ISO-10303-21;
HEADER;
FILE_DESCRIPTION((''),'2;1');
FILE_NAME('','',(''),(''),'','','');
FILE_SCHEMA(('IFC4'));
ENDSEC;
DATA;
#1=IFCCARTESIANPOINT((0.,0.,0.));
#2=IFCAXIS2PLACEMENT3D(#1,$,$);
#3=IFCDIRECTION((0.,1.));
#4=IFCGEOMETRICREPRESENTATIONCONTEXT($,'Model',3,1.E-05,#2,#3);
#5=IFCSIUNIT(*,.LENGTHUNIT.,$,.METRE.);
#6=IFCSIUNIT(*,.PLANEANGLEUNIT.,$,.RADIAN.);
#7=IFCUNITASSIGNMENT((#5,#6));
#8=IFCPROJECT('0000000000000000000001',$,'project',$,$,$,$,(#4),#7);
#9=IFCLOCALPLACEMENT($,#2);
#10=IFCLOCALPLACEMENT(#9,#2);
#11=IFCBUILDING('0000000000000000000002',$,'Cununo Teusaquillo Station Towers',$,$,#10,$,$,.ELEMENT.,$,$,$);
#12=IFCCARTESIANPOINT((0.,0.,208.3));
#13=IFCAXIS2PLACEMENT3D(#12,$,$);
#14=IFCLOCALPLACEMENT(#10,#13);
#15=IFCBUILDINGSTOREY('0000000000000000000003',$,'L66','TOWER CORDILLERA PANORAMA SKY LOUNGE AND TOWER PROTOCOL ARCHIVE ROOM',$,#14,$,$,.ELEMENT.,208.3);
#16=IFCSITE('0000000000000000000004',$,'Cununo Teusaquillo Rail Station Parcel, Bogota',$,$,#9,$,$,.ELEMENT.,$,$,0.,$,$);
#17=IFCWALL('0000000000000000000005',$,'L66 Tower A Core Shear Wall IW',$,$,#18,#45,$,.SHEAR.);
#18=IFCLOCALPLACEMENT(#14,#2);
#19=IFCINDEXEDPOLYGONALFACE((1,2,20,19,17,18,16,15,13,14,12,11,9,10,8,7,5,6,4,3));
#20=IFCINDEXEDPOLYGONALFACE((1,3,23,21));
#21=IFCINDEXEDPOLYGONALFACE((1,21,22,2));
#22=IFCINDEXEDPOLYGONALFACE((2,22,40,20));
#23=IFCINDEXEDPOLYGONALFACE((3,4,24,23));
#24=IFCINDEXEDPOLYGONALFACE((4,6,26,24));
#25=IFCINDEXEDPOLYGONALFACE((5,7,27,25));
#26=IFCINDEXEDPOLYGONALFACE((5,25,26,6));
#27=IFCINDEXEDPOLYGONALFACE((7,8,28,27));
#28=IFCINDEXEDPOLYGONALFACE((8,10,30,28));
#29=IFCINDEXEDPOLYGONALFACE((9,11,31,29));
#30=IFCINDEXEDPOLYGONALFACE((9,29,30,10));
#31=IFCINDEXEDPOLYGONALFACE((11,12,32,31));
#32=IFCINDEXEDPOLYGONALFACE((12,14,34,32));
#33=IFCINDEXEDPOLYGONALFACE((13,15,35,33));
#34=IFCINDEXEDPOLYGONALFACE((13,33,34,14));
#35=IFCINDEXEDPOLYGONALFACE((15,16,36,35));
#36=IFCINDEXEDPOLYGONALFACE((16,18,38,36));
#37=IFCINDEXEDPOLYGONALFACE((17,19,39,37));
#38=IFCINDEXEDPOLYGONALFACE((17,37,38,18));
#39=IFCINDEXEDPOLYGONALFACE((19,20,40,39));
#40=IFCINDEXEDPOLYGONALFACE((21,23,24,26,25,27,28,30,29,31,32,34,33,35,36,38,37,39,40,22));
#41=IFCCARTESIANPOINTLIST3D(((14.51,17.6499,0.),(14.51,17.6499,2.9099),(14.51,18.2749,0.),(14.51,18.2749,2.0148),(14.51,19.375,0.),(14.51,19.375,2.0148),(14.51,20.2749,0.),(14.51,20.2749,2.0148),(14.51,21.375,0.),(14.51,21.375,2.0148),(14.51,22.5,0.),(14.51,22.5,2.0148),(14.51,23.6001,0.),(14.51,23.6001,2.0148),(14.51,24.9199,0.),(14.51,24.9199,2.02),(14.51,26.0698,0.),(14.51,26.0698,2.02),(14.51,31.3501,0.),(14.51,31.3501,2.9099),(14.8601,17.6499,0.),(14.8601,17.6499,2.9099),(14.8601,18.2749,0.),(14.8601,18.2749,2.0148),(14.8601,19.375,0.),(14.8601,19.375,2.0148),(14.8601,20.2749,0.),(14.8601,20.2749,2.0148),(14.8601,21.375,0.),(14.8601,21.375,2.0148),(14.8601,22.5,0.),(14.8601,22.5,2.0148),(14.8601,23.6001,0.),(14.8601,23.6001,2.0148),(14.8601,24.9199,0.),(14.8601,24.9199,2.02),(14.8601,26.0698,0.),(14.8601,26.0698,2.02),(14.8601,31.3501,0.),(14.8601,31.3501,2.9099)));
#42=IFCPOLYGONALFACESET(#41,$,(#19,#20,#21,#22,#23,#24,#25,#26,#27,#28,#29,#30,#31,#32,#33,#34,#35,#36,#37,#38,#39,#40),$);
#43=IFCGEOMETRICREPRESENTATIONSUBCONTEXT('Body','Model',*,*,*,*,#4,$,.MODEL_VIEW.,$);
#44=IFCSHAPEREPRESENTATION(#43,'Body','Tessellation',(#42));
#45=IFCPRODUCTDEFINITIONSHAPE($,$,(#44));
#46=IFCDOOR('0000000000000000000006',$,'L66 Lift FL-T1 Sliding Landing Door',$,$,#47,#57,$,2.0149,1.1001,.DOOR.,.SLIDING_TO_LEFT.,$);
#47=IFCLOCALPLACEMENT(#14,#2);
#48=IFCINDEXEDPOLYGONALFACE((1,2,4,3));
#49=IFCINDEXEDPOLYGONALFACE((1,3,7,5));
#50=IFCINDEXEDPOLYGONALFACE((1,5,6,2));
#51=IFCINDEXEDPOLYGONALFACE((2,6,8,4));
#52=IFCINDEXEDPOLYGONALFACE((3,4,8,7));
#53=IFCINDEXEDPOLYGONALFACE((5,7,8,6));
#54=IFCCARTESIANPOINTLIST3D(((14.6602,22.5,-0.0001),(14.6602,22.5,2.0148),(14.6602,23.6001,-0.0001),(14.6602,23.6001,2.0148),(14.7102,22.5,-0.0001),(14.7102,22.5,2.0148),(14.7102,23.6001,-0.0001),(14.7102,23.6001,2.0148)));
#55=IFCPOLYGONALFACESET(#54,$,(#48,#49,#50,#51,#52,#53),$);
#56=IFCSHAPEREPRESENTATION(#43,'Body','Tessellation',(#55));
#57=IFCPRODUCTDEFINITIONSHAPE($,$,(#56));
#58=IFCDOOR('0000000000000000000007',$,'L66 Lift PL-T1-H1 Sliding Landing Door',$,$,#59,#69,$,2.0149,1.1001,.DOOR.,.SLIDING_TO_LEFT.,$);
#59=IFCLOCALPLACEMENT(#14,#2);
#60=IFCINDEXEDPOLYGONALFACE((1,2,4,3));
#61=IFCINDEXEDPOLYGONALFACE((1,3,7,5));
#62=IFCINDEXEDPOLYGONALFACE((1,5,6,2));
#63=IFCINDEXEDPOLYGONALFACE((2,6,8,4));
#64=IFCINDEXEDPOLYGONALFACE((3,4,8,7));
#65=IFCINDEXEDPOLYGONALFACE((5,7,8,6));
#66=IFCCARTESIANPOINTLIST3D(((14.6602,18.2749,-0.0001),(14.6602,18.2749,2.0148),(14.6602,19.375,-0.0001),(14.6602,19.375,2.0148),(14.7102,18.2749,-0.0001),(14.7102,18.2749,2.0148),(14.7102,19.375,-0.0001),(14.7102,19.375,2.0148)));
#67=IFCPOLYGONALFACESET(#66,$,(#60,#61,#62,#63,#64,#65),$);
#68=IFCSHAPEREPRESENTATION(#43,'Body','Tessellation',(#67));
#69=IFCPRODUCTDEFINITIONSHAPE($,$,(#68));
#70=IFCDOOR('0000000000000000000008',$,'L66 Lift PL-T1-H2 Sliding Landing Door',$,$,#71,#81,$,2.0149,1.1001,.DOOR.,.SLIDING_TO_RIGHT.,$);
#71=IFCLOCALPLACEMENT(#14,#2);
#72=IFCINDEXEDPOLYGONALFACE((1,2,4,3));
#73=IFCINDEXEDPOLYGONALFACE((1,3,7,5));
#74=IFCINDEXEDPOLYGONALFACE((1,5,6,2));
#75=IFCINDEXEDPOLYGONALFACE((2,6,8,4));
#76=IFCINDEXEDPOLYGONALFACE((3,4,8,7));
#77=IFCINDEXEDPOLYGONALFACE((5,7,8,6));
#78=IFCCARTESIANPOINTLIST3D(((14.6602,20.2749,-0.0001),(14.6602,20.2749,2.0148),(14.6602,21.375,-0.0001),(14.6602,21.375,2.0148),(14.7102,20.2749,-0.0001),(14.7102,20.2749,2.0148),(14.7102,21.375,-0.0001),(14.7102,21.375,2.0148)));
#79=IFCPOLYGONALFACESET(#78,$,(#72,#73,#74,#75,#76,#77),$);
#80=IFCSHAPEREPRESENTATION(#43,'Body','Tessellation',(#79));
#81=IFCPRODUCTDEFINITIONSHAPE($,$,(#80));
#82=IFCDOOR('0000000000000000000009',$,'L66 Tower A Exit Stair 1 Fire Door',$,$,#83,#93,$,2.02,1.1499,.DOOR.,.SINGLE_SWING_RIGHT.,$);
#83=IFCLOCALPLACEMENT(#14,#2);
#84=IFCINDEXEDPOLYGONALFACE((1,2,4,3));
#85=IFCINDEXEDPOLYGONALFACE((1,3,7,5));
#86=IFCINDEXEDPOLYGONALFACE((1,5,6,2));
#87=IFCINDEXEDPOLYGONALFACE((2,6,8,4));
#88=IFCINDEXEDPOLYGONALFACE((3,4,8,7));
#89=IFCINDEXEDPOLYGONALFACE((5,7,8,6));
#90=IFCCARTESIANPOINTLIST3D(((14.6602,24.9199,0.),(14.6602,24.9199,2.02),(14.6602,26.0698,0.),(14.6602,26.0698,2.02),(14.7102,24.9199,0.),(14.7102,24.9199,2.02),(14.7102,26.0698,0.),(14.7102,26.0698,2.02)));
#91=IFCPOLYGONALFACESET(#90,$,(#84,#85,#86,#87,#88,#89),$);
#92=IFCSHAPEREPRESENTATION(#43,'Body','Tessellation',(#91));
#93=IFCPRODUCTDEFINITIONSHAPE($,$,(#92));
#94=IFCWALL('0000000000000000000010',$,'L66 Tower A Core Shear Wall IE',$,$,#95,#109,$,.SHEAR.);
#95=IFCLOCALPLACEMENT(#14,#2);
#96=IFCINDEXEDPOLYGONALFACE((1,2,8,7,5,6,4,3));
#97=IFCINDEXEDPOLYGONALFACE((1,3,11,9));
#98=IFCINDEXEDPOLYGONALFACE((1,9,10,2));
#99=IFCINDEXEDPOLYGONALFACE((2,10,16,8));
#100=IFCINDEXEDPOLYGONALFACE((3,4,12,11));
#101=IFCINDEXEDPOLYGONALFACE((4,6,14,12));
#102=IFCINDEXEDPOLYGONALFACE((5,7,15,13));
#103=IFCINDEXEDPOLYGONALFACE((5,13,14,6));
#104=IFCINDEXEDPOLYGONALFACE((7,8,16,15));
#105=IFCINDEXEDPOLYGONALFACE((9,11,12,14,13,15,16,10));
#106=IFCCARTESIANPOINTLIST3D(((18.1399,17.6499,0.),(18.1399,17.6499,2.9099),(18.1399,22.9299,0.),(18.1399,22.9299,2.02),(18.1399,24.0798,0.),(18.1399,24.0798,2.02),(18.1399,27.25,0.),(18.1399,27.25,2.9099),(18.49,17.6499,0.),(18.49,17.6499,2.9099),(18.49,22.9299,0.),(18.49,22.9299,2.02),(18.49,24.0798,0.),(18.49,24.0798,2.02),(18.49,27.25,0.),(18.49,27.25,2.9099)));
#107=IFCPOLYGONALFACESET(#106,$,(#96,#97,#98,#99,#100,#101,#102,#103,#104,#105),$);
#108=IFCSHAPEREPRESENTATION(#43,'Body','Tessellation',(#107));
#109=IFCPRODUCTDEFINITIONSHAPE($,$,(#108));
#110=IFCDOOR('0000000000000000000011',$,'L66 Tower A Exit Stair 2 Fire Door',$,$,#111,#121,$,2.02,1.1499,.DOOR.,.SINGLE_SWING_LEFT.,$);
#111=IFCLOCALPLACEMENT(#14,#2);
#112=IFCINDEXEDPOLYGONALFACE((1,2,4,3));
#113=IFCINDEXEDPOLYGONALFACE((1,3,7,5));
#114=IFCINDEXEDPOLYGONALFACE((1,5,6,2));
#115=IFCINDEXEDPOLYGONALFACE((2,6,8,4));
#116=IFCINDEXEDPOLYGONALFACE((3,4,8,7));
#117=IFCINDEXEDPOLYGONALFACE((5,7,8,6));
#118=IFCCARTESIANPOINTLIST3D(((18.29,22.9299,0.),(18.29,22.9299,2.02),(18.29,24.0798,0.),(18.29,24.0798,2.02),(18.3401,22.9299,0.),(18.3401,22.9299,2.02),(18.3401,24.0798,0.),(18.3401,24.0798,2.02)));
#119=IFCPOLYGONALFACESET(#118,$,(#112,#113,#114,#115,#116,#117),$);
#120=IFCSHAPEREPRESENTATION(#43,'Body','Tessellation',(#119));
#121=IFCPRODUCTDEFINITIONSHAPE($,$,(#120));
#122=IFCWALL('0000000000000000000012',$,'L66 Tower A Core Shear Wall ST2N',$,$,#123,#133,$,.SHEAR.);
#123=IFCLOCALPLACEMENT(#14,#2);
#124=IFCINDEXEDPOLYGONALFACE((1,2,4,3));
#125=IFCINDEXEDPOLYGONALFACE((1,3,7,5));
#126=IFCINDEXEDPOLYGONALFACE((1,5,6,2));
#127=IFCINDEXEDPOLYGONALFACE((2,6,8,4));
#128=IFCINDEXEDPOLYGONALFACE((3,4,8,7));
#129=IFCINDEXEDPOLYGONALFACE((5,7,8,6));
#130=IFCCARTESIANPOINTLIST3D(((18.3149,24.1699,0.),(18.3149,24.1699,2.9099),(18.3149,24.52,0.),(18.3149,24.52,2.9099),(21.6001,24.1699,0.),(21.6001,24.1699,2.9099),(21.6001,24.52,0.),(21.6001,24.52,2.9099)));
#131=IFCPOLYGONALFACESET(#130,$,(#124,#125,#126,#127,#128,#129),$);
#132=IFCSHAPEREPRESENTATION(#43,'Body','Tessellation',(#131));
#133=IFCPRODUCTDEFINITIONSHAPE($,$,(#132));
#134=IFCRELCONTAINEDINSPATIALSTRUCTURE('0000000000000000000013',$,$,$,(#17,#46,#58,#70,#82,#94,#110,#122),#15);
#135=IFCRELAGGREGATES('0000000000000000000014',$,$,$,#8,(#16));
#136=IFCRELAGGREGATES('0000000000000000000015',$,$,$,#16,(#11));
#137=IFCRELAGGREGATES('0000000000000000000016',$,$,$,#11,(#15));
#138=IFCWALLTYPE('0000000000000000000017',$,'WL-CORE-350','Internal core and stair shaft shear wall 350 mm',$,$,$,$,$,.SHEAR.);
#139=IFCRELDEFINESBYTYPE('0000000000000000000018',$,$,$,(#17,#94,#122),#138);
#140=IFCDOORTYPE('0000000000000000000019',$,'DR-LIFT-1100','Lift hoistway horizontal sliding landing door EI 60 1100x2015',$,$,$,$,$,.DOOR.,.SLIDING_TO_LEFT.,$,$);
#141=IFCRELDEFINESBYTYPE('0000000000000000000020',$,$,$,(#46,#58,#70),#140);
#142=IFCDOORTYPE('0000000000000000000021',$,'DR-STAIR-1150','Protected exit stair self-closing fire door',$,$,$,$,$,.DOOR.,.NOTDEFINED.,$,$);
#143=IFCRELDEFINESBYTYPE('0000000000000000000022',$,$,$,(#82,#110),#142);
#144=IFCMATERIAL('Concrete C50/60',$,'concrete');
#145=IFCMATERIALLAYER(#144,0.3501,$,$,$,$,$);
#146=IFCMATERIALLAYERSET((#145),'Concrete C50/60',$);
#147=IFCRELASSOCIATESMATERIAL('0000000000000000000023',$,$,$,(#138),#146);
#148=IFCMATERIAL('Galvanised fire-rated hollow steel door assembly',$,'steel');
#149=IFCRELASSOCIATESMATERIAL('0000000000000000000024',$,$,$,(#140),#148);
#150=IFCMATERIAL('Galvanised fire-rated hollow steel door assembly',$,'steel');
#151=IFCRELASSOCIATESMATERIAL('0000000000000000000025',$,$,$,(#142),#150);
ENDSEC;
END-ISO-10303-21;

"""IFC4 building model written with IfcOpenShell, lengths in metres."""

from ifc_helpers import new_model, si_unit, direction, frame, frame_2d, origin, place, context, subcontext, project, spatial, rectangle, extrude, source, transform, mapped, material, layer, layer_set, type_object, element, fill, save


model = new_model("IFC4")

# Units and contexts
model_context = context("Model", 3, precision=1e-05, world=origin(), true_north=direction((0.0, 1.0)))
body_context = subcontext(model_context, "Body", "Model", "MODEL_VIEW")
ifc_project = project(units=[si_unit("LENGTHUNIT", "METRE"), si_unit("PLANEANGLEUNIT", "RADIAN")], contexts=[model_context])

# Site, building, storey
site_placement = place(None, origin())
site = spatial("IfcSite", under=ifc_project, at=site_placement, Name="Cununo Teusaquillo Rail Station Parcel, Bogota", CompositionType="ELEMENT", RefElevation=0.0)
building_placement = place(site_placement, origin())
building = spatial("IfcBuilding", under=site, at=building_placement, Name="Cununo Teusaquillo Station Towers", CompositionType="ELEMENT")
storey_placement = place(building_placement, frame((0.0, 0.0, 208.3)))
storey = spatial("IfcBuildingStorey", under=building, at=storey_placement, Name="L66", Description="TOWER CORDILLERA PANORAMA SKY LOUNGE AND TOWER PROTOCOL ARCHIVE ROOM", CompositionType="ELEMENT", Elevation=208.3)

# Wall, openings, doors
ifc_material_1 = material(Name="Concrete C50/60", Category="concrete")
ifc_layer_1 = layer(ifc_material_1, 0.3501)
ifc_layer_set_1 = layer_set([ifc_layer_1], Name="Concrete C50/60")
wall_type_1 = type_object("IfcWallType", Name="WL-CORE-350", Description="Internal core and stair shaft shear wall 350 mm", PredefinedType="SHEAR", material=ifc_layer_set_1)
wall_1_placement = place(storey_placement, frame((14.6851, 17.6499, 0.0), z_axis=(0.0, 0.0, 1.0), x_axis=(0.0, 1.0, 0.0)))
wall_1 = element("IfcWall", 1, at=wall_1_placement, inside=storey, type_object=wall_type_1, Name="L66 Tower A Core Shear Wall IW", PredefinedType="SHEAR", context=body_context, shape_type="SweptSolid", body=[
    extrude(rectangle(XDim=13.7002, YDim=0.3501, at=frame_2d((6.8501, 0.0))), origin(), (0.0, 0.0, 1.0), 2.9099),
])
shared_shape_1 = source(origin(), body_context, "Body", "SweptSolid", [
    extrude(rectangle(XDim=1.1001, YDim=2.0149, at=frame_2d((0.55, 1.0073))), frame((0.0, 0.1851, 0.0), z_axis=(0.0, -1.0, 0.0), x_axis=(1.0, 0.0, 0.0)), (0.0, 0.0, 1.0), 0.3701),
])
opening_1_placement = place(wall_1_placement, frame((4.8501, 0.0, 0.0)))
opening_1 = element("IfcOpeningElement", 2, at=opening_1_placement, cuts=wall_1, PredefinedType="OPENING", context=body_context, shape_type="MappedRepresentation", body=[
    mapped(shared_shape_1, transform((0.0, 0.0, 0.0), x_axis=(1.0, 0.0, 0.0), y_axis=(0.0, 1.0, 0.0), z_axis=(0.0, 0.0, 1.0), scale=1.0)),
])
opening_2_placement = place(wall_1_placement, frame((0.625, 0.0, 0.0)))
opening_2 = element("IfcOpeningElement", 3, at=opening_2_placement, cuts=wall_1, PredefinedType="OPENING", context=body_context, shape_type="MappedRepresentation", body=[
    mapped(shared_shape_1, transform((0.0, 0.0, 0.0), x_axis=(1.0, 0.0, 0.0), y_axis=(0.0, 1.0, 0.0), z_axis=(0.0, 0.0, 1.0), scale=1.0)),
])
opening_3_placement = place(wall_1_placement, frame((2.625, 0.0, 0.0)))
opening_3 = element("IfcOpeningElement", 4, at=opening_3_placement, cuts=wall_1, PredefinedType="OPENING", context=body_context, shape_type="MappedRepresentation", body=[
    mapped(shared_shape_1, transform((0.0, 0.0, 0.0), x_axis=(1.0, 0.0, 0.0), y_axis=(0.0, 1.0, 0.0), z_axis=(0.0, 0.0, 1.0), scale=1.0)),
])
shared_shape_2 = source(origin(), body_context, "Body", "SweptSolid", [
    extrude(rectangle(XDim=1.1499, YDim=2.02, at=frame_2d((0.575, 1.01))), frame((0.0, 0.1851, 0.0), z_axis=(0.0, -1.0, 0.0), x_axis=(1.0, 0.0, 0.0)), (0.0, 0.0, 1.0), 0.3701),
])
opening_4_placement = place(wall_1_placement, frame((7.27, 0.0, 0.0)))
opening_4 = element("IfcOpeningElement", 5, at=opening_4_placement, cuts=wall_1, PredefinedType="OPENING", context=body_context, shape_type="MappedRepresentation", body=[
    mapped(shared_shape_2, transform((0.0, 0.0, 0.0), x_axis=(1.0, 0.0, 0.0), y_axis=(0.0, 1.0, 0.0), z_axis=(0.0, 0.0, 1.0), scale=1.0)),
])
ifc_material_2 = material(Name="Galvanised fire-rated hollow steel door assembly", Category="steel")
door_type_1 = type_object("IfcDoorType", Name="DR-LIFT-1100", Description="Lift hoistway horizontal sliding landing door EI 60 1100x2015", OperationType="SLIDING_TO_LEFT", PredefinedType="DOOR", material=ifc_material_2)
shared_shape_3 = source(origin(), body_context, "Body", "SweptSolid", [
    extrude(rectangle(XDim=1.1001, YDim=2.0149, at=frame_2d((0.55, 1.0073))), frame((0.0, 0.0249, 0.0), z_axis=(0.0, -1.0, 0.0), x_axis=(1.0, 0.0, 0.0)), (0.0, 0.0, 1.0), 0.05),
])
door_1_placement = place(opening_1_placement, origin())
door_1 = element("IfcDoor", 6, at=door_1_placement, inside=storey, type_object=door_type_1, Name="L66 Lift FL-T1 Sliding Landing Door", OperationType="SLIDING_TO_LEFT", OverallHeight=2.0149, OverallWidth=1.1001, PredefinedType="DOOR", context=body_context, shape_type="MappedRepresentation", body=[
    mapped(shared_shape_3, transform((0.0, 0.0, 0.0), x_axis=(1.0, 0.0, 0.0), y_axis=(0.0, 1.0, 0.0), z_axis=(0.0, 0.0, 1.0), scale=1.0)),
])
fill(opening_1, door_1)
door_2_placement = place(opening_2_placement, origin())
door_2 = element("IfcDoor", 7, at=door_2_placement, inside=storey, type_object=door_type_1, Name="L66 Lift PL-T1-H1 Sliding Landing Door", OperationType="SLIDING_TO_LEFT", OverallHeight=2.0149, OverallWidth=1.1001, PredefinedType="DOOR", context=body_context, shape_type="MappedRepresentation", body=[
    mapped(shared_shape_3, transform((0.0, 0.0, 0.0), x_axis=(1.0, 0.0, 0.0), y_axis=(0.0, 1.0, 0.0), z_axis=(0.0, 0.0, 1.0), scale=1.0)),
])
fill(opening_2, door_2)
door_3_placement = place(opening_3_placement, origin())
door_3 = element("IfcDoor", 8, at=door_3_placement, inside=storey, type_object=door_type_1, Name="L66 Lift PL-T1-H2 Sliding Landing Door", OperationType="SLIDING_TO_RIGHT", OverallHeight=2.0149, OverallWidth=1.1001, PredefinedType="DOOR", context=body_context, shape_type="MappedRepresentation", body=[
    mapped(shared_shape_3, transform((0.0, 0.0, 0.0), x_axis=(1.0, 0.0, 0.0), y_axis=(0.0, 1.0, 0.0), z_axis=(0.0, 0.0, 1.0), scale=1.0)),
])
fill(opening_3, door_3)
ifc_material_3 = material(Name="Galvanised fire-rated hollow steel door assembly", Category="steel")
door_type_2 = type_object("IfcDoorType", Name="DR-STAIR-1150", Description="Protected exit stair self-closing fire door", OperationType="NOTDEFINED", PredefinedType="DOOR", material=ifc_material_3)
shared_shape_4 = source(origin(), body_context, "Body", "SweptSolid", [
    extrude(rectangle(XDim=1.1499, YDim=2.02, at=frame_2d((0.575, 1.01))), frame((0.0, 0.0249, 0.0), z_axis=(0.0, -1.0, 0.0), x_axis=(1.0, 0.0, 0.0)), (0.0, 0.0, 1.0), 0.05),
])
door_4_placement = place(opening_4_placement, origin())
door_4 = element("IfcDoor", 9, at=door_4_placement, inside=storey, type_object=door_type_2, Name="L66 Tower A Exit Stair 1 Fire Door", OperationType="SINGLE_SWING_RIGHT", OverallHeight=2.02, OverallWidth=1.1499, PredefinedType="DOOR", context=body_context, shape_type="MappedRepresentation", body=[
    mapped(shared_shape_4, transform((0.0, 0.0, 0.0), x_axis=(1.0, 0.0, 0.0), y_axis=(0.0, 1.0, 0.0), z_axis=(0.0, 0.0, 1.0), scale=1.0)),
])
fill(opening_4, door_4)

# Wall, opening, door
wall_2_placement = place(storey_placement, frame((18.3149, 17.6499, 0.0), z_axis=(0.0, 0.0, 1.0), x_axis=(0.0, 1.0, 0.0)))
wall_2 = element("IfcWall", 10, at=wall_2_placement, inside=storey, type_object=wall_type_1, Name="L66 Tower A Core Shear Wall IE", PredefinedType="SHEAR", context=body_context, shape_type="SweptSolid", body=[
    extrude(rectangle(XDim=9.6001, YDim=0.3501, at=frame_2d((4.8, 0.0))), origin(), (0.0, 0.0, 1.0), 2.9099),
])
opening_5_placement = place(wall_2_placement, frame((5.28, 0.0, 0.0)))
opening_5 = element("IfcOpeningElement", 11, at=opening_5_placement, cuts=wall_2, PredefinedType="OPENING", context=body_context, shape_type="MappedRepresentation", body=[
    mapped(shared_shape_2, transform((0.0, 0.0, 0.0), x_axis=(1.0, 0.0, 0.0), y_axis=(0.0, 1.0, 0.0), z_axis=(0.0, 0.0, 1.0), scale=1.0)),
])
door_5_placement = place(opening_5_placement, origin())
door_5 = element("IfcDoor", 12, at=door_5_placement, inside=storey, type_object=door_type_2, Name="L66 Tower A Exit Stair 2 Fire Door", OperationType="SINGLE_SWING_LEFT", OverallHeight=2.02, OverallWidth=1.1499, PredefinedType="DOOR", context=body_context, shape_type="MappedRepresentation", body=[
    mapped(shared_shape_4, transform((0.0, 0.0, 0.0), x_axis=(1.0, 0.0, 0.0), y_axis=(0.0, 1.0, 0.0), z_axis=(0.0, 0.0, 1.0), scale=1.0)),
])
fill(opening_5, door_5)

# Wall
wall_3_placement = place(storey_placement, frame((18.3149, 24.345, 0.0), z_axis=(0.0, 0.0, 1.0), x_axis=(1.0, 0.0, 0.0)))
element("IfcWall", 13, at=wall_3_placement, inside=storey, type_object=wall_type_1, Name="L66 Tower A Core Shear Wall ST2N", PredefinedType="SHEAR", context=body_context, shape_type="SweptSolid", body=[
    extrude(rectangle(XDim=3.2852, YDim=0.3501, at=frame_2d((1.6426, 0.0))), origin(), (0.0, 0.0, 1.0), 2.9099),
])

save(model, "model.ifc")
